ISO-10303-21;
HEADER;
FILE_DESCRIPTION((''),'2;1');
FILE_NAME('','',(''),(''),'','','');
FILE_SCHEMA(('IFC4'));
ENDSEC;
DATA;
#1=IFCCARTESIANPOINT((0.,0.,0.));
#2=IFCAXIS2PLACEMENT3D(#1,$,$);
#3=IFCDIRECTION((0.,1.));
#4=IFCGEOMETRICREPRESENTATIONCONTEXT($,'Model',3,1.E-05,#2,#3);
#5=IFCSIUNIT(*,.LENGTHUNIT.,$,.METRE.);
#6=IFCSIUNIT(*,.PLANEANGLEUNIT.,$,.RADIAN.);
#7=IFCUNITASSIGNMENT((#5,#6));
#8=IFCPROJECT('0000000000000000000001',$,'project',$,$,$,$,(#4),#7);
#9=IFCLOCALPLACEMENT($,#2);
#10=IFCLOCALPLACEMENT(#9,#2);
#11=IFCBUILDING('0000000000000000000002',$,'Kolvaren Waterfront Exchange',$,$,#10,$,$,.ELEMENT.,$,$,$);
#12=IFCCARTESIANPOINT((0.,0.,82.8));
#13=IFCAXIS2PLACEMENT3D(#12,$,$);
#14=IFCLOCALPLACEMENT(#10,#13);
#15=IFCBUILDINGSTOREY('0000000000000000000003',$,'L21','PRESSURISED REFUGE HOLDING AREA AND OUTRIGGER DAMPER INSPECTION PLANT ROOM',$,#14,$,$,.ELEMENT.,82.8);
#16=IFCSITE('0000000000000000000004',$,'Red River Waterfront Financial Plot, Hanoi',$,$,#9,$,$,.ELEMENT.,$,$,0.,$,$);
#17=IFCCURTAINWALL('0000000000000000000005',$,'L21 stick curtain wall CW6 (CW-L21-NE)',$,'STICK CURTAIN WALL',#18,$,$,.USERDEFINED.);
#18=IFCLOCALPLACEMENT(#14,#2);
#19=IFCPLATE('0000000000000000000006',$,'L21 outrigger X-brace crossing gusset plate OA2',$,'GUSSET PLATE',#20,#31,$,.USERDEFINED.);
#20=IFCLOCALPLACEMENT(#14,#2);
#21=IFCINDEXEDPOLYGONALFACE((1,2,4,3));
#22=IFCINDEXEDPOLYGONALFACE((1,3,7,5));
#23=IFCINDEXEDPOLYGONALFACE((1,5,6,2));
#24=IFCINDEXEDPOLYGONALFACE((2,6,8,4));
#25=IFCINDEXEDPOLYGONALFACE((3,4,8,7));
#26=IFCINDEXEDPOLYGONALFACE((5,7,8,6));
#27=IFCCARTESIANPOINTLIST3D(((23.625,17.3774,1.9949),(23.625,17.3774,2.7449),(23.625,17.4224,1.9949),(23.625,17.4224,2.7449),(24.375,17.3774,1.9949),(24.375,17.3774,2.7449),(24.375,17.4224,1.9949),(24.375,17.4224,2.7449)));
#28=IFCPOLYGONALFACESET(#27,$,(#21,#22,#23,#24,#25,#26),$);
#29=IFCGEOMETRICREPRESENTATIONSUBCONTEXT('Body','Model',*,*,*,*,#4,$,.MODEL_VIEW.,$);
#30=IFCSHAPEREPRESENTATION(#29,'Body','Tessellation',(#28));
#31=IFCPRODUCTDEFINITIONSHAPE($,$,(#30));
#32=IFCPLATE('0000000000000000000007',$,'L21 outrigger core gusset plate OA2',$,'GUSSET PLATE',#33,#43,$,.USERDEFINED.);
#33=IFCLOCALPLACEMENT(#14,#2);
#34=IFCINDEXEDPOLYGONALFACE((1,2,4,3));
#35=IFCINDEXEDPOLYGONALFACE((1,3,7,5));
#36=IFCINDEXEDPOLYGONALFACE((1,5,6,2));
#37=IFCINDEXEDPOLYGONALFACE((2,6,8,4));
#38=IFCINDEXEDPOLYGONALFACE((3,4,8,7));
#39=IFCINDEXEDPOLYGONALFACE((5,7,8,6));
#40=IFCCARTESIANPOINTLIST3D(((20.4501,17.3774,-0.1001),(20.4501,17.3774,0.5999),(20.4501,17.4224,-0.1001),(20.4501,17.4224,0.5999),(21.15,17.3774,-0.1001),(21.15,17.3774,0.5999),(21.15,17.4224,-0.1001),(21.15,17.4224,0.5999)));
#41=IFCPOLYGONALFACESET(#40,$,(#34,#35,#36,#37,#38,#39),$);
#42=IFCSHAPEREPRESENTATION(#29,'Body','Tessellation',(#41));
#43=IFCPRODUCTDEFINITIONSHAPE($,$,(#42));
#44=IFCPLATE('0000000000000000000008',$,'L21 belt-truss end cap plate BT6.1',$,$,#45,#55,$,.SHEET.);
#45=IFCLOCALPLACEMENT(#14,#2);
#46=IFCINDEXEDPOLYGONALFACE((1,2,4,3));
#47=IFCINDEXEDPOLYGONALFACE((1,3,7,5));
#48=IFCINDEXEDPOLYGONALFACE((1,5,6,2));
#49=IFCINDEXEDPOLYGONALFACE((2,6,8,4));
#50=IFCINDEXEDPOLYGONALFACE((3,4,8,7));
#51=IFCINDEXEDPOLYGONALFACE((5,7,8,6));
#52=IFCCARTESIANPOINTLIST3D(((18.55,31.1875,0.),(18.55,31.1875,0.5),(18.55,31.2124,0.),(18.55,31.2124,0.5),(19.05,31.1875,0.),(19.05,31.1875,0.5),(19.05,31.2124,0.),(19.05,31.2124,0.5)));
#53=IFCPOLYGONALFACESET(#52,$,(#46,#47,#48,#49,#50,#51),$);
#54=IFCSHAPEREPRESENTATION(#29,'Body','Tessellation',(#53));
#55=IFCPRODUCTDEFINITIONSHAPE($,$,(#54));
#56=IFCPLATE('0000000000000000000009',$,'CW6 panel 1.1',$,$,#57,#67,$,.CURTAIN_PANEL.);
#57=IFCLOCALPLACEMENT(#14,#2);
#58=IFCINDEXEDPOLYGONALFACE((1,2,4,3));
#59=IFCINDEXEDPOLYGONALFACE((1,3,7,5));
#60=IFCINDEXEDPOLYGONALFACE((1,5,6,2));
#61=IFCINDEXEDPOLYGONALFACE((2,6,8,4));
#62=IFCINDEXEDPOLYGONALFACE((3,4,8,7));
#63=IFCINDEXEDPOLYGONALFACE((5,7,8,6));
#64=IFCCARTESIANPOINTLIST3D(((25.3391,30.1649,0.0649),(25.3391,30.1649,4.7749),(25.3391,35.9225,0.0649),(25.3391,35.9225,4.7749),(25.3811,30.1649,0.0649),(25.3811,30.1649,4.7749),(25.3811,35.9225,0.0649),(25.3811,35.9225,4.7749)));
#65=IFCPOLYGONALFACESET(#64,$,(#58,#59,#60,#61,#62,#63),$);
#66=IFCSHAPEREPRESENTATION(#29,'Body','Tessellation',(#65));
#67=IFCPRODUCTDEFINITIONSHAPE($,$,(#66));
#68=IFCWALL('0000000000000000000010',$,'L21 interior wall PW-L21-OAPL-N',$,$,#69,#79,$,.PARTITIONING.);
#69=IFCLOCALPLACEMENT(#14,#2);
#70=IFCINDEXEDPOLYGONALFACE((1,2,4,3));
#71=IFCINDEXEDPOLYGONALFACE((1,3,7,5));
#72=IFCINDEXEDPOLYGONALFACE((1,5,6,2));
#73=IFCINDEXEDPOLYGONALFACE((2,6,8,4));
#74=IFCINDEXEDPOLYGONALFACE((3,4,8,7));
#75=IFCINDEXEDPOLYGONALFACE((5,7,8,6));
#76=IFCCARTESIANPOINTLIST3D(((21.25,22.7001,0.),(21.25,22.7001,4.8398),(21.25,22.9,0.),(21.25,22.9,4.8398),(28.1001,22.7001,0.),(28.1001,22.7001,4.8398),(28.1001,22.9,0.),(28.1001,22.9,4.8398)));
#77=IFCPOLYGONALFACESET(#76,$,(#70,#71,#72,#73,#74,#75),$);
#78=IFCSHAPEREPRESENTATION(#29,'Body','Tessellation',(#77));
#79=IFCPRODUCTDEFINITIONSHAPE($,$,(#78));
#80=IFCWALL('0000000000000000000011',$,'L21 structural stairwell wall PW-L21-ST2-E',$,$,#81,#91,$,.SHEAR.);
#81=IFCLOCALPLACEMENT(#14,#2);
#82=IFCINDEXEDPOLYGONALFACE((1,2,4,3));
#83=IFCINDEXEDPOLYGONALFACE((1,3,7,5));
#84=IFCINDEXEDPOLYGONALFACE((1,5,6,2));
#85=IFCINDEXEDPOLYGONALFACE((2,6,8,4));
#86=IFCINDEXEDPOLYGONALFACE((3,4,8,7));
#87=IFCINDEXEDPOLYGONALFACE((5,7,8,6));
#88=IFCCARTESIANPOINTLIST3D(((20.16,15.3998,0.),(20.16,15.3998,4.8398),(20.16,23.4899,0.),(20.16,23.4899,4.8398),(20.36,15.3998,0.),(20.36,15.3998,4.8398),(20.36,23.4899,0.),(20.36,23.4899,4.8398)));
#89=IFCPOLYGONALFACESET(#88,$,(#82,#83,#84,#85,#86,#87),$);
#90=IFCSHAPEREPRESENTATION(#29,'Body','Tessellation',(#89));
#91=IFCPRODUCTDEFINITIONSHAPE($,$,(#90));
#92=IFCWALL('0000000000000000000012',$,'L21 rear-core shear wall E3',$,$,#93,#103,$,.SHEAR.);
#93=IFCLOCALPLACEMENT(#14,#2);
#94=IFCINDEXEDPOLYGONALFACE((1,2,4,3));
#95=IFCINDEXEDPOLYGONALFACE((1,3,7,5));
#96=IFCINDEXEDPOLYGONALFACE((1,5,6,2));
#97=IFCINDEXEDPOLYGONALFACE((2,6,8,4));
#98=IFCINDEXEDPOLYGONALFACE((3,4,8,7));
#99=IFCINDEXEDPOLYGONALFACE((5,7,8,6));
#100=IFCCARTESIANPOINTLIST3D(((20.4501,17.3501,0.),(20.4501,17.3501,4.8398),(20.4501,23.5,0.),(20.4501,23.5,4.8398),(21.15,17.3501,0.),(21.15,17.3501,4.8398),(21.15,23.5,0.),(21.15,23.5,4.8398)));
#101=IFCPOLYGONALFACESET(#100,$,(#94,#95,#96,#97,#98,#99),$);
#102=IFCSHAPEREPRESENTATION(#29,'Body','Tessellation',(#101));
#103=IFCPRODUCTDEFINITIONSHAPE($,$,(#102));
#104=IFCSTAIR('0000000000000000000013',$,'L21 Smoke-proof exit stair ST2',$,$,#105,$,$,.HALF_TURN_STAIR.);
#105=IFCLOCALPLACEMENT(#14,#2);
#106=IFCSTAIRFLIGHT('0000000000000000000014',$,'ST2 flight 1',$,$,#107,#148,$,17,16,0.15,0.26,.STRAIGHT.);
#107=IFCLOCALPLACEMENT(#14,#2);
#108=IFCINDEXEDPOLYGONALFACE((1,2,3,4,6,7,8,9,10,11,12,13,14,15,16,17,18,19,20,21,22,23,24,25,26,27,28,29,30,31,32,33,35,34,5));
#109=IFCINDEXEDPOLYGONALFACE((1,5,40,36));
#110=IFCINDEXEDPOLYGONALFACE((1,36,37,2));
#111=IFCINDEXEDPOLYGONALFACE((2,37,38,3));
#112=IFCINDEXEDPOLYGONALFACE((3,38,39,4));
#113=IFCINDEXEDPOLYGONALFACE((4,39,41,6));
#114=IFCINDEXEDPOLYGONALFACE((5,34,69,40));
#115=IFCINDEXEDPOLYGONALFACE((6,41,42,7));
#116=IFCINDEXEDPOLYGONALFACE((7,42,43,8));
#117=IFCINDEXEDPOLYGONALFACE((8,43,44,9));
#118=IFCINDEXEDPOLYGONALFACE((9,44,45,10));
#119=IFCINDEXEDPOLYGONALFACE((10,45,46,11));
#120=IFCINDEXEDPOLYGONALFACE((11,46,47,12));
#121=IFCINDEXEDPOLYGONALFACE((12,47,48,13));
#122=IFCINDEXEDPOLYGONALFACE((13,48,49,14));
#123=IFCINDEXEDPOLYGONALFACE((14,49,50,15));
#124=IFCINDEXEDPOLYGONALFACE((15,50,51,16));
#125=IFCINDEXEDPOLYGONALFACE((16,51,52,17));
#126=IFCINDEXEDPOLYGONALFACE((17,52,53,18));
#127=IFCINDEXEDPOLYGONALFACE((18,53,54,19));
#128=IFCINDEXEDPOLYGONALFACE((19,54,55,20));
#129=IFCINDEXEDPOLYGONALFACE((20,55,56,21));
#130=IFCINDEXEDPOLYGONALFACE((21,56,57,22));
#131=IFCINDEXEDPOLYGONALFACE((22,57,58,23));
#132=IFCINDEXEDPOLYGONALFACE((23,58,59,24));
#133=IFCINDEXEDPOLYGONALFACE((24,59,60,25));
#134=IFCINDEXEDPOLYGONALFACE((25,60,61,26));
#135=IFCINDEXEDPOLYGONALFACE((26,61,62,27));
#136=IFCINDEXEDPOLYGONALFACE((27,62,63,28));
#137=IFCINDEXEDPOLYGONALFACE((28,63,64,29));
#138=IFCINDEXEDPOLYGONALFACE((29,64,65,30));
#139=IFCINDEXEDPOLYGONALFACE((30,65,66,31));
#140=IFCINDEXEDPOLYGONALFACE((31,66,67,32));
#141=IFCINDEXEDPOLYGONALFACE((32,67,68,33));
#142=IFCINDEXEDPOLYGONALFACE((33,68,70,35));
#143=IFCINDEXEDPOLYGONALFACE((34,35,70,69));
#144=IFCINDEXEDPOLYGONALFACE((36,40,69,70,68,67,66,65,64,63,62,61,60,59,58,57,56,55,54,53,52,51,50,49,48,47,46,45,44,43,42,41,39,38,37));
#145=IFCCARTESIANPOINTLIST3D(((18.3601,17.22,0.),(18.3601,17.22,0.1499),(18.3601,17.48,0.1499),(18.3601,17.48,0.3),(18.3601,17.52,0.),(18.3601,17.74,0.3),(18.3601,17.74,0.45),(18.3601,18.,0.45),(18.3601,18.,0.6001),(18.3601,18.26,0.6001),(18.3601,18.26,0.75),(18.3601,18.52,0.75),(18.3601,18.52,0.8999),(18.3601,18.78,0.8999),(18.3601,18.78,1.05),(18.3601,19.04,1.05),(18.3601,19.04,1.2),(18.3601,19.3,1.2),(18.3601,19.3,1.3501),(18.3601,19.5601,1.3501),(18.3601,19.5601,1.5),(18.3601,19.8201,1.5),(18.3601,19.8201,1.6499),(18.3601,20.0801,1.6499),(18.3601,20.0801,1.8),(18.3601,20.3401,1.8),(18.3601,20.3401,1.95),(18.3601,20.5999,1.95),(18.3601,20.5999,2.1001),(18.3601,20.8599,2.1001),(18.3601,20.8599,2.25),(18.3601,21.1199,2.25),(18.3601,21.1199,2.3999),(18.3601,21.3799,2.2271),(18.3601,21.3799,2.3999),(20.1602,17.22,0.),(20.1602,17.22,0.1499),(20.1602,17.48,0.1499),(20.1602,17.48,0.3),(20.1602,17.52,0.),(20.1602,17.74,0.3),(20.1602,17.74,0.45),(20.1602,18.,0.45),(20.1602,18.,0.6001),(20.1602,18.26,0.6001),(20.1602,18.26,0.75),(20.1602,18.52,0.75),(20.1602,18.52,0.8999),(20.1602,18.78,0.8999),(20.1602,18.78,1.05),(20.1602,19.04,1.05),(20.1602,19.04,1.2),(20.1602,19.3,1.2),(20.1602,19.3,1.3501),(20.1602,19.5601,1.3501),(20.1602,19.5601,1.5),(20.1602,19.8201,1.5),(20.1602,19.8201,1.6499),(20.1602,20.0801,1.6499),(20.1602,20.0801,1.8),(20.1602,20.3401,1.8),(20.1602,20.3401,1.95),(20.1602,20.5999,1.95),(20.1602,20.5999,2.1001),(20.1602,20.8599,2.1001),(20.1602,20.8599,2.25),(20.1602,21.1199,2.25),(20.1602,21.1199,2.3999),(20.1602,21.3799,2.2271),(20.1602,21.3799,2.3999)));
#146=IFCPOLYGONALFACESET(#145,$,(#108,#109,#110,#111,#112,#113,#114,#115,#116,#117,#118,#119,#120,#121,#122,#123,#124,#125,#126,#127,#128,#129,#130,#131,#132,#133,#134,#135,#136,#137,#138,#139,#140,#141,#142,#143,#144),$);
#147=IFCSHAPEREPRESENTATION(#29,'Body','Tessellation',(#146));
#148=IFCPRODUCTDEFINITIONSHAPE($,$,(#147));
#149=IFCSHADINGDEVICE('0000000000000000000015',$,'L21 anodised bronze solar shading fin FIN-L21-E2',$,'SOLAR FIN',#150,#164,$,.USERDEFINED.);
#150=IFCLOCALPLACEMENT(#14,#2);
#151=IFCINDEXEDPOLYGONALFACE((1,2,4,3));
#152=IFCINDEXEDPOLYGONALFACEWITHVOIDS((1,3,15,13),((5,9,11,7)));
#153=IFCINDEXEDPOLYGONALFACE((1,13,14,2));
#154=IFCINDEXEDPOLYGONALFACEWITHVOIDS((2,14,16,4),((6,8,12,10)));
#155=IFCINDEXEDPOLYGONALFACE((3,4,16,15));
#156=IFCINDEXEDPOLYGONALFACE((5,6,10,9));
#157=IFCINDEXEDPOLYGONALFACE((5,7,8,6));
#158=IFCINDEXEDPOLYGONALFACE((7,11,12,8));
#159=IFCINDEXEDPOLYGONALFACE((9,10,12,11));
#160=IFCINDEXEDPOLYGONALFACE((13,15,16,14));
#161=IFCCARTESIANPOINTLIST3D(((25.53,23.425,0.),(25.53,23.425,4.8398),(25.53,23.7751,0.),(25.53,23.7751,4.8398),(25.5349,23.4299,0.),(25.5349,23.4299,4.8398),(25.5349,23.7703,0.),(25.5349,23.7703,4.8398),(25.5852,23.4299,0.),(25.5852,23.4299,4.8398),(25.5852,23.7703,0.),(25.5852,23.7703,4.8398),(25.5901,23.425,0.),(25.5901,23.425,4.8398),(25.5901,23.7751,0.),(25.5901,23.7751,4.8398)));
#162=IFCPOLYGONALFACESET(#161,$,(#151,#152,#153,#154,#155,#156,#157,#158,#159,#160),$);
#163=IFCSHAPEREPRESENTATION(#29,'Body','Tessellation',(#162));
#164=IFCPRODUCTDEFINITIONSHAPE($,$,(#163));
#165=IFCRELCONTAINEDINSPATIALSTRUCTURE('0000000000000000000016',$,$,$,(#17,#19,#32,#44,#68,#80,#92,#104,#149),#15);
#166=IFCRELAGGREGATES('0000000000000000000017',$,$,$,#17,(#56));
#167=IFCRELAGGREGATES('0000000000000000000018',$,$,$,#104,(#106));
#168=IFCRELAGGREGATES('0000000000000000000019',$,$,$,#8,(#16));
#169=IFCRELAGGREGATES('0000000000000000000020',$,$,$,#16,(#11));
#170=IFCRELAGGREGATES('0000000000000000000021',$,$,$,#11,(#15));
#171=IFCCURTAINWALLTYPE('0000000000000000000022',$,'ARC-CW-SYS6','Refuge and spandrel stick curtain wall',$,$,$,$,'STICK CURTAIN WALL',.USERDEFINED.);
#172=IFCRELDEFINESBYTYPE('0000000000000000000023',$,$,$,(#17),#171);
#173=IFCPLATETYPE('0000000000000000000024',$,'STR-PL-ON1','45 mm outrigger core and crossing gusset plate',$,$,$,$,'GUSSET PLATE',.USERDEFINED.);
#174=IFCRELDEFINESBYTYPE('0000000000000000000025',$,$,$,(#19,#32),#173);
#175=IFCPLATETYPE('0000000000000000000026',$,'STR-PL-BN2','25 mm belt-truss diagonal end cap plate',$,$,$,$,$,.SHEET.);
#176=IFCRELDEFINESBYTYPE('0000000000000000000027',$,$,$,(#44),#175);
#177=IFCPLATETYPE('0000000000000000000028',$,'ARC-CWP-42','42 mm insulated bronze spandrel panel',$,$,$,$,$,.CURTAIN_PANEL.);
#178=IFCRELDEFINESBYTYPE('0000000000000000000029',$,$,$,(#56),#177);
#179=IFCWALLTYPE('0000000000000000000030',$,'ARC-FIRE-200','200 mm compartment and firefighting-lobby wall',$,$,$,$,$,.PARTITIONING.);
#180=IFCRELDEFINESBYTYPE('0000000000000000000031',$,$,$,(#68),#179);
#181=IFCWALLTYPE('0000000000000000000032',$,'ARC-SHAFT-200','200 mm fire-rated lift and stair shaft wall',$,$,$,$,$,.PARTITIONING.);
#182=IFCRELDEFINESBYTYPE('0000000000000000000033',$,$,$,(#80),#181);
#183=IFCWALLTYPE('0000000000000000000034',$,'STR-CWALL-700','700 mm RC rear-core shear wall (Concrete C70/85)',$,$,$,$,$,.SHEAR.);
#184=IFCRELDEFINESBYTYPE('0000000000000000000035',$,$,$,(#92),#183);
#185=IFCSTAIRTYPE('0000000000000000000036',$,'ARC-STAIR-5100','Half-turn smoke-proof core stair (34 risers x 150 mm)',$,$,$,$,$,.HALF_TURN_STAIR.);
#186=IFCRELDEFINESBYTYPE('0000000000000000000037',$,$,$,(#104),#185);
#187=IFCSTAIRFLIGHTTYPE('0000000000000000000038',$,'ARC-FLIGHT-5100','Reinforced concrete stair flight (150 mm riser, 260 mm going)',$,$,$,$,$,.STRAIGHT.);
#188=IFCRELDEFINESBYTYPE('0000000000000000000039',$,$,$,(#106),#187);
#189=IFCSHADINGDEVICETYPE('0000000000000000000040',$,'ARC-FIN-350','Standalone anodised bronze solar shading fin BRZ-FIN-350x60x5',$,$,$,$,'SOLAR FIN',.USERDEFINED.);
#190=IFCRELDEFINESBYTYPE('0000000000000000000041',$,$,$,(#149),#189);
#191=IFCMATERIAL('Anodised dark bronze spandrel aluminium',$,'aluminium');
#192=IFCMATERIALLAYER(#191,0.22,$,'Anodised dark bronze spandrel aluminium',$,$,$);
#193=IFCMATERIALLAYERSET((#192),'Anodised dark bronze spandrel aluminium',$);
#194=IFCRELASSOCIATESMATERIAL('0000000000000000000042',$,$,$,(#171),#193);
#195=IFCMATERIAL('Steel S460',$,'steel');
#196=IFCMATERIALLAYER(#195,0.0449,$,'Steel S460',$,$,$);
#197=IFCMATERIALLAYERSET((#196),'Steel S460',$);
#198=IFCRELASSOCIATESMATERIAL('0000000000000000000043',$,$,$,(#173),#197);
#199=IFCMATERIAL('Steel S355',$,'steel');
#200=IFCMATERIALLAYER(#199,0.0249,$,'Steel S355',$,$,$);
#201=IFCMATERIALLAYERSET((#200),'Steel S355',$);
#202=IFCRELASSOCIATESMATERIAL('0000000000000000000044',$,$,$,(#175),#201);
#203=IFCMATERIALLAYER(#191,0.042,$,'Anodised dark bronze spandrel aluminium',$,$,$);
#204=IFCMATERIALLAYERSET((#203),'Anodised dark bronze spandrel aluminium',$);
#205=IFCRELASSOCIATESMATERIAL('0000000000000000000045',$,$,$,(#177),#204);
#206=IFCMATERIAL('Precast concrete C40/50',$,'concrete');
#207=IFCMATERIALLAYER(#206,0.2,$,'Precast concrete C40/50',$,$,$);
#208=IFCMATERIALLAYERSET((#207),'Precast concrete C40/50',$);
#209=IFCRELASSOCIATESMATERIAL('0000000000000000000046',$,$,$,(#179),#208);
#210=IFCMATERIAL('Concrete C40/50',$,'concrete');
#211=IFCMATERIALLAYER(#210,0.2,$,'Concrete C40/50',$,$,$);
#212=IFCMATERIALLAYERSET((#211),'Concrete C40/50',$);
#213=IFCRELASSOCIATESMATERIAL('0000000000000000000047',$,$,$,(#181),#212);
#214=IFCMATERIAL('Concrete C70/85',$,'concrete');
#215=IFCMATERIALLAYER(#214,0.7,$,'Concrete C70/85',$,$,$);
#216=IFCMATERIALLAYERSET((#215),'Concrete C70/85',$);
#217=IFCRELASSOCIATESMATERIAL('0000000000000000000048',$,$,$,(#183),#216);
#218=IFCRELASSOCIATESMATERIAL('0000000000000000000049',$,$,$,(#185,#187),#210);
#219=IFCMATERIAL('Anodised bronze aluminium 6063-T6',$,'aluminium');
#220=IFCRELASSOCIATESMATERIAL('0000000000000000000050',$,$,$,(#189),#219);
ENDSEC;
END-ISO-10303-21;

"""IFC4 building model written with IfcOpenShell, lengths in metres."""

from ifc_helpers import new_model, si_unit, direction, frame, frame_2d, origin, origin_with_axes, origin_2d, place, context, subcontext, project, spatial, polyline, rectangle, hollow_rectangle, outline, extrude, source, transform, mapped, material, layer, layer_set, material_profile, profile_set, type_object, element, aggregate, save


model = new_model("IFC4")

# Units and contexts
model_context = context("Model", 3, precision=1e-05, world=origin(), true_north=direction((0.0, 1.0)))
body_context = subcontext(model_context, "Body", "Model", "MODEL_VIEW")
ifc_project = project(units=[si_unit("LENGTHUNIT", "METRE"), si_unit("PLANEANGLEUNIT", "RADIAN")], contexts=[model_context])

# Site, building, storey
site_placement = place(None, origin())
site = spatial("IfcSite", under=ifc_project, at=site_placement, Name="Red River Waterfront Financial Plot, Hanoi", CompositionType="ELEMENT", RefElevation=0.0)
building_placement = place(site_placement, origin())
building = spatial("IfcBuilding", under=site, at=building_placement, Name="Kolvaren Waterfront Exchange", CompositionType="ELEMENT")
storey_placement = place(building_placement, frame((0.0, 0.0, 82.8)))
storey = spatial("IfcBuildingStorey", under=building, at=storey_placement, Name="L21", Description="PRESSURISED REFUGE HOLDING AREA AND OUTRIGGER DAMPER INSPECTION PLANT ROOM", CompositionType="ELEMENT", Elevation=82.8)

# Shared definitions
ifc_material_1 = material(Name="Concrete C70/85", Category="concrete")

# Shared definitions
ifc_material_2 = material(Name="Steel S355", Category="steel")

# Shared definitions
ifc_material_3 = material(Name="Steel S460", Category="steel")

# Curtain wall
ifc_material_4 = material(Name="Anodised dark bronze spandrel aluminium", Category="aluminium")
ifc_layer_1 = layer(ifc_material_4, 0.22, Name="Anodised dark bronze spandrel aluminium")
ifc_layer_set_1 = layer_set([ifc_layer_1], Name="Anodised dark bronze spandrel aluminium")
curtain_wall_type = type_object("IfcCurtainWallType", Name="ARC-CW-SYS6", Description="Refuge and spandrel stick curtain wall", ElementType="STICK CURTAIN WALL", PredefinedType="USERDEFINED", material=ifc_layer_set_1)
curtain_wall_placement = place(storey_placement, origin())
curtain_wall = element("IfcCurtainWall", 1, at=curtain_wall_placement, inside=storey, type_object=curtain_wall_type, Name="L21 stick curtain wall CW6 (CW-L21-NE)", ObjectType="STICK CURTAIN WALL", PredefinedType="USERDEFINED")
ifc_material_5 = material(Name="Anodised bronze aluminium 6063-T6", Category="aluminium")

# Plates
ifc_layer_2 = layer(ifc_material_3, 0.0449, Name="Steel S460")
ifc_layer_set_2 = layer_set([ifc_layer_2], Name="Steel S460")
plate_type_1 = type_object("IfcPlateType", Name="STR-PL-ON1", Description="45 mm outrigger core and crossing gusset plate", ElementType="GUSSET PLATE", PredefinedType="USERDEFINED", material=ifc_layer_set_2)
shared_shape_1 = source(origin_with_axes(), body_context, "Body", "SweptSolid", [
    extrude(rectangle(XDim=0.75, YDim=0.0449, at=origin_2d()), origin(), (0.0, 0.0, 1.0), 0.75),
])
plate_1_placement = place(storey_placement, frame((24.0, 17.3999, 1.9949), z_axis=(0.0, 0.0, 1.0), x_axis=(1.0, 0.0, 0.0)))
element("IfcPlate", 2, at=plate_1_placement, inside=storey, type_object=plate_type_1, Name="L21 outrigger X-brace crossing gusset plate OA2", ObjectType="GUSSET PLATE", PredefinedType="USERDEFINED", context=body_context, shape_type="MappedRepresentation", body=[
    mapped(shared_shape_1, transform((0.0, 0.0, 0.0), x_axis=(1.0, 0.0, 0.0), y_axis=(0.0, 1.0, 0.0), z_axis=(0.0, 0.0, 1.0), scale=1.0)),
])
shared_shape_2 = source(origin_with_axes(), body_context, "Body", "SweptSolid", [
    extrude(rectangle(XDim=0.7, YDim=0.0449, at=origin_2d()), origin(), (0.0, 0.0, 1.0), 0.7),
])
plate_2_placement = place(storey_placement, frame((20.8, 17.3999, -0.1001), z_axis=(0.0, 0.0, 1.0), x_axis=(1.0, 0.0, 0.0)))
element("IfcPlate", 3, at=plate_2_placement, inside=storey, type_object=plate_type_1, Name="L21 outrigger core gusset plate OA2", ObjectType="GUSSET PLATE", PredefinedType="USERDEFINED", context=body_context, shape_type="MappedRepresentation", body=[
    mapped(shared_shape_2, transform((0.0, 0.0, 0.0), x_axis=(1.0, 0.0, 0.0), y_axis=(0.0, 1.0, 0.0), z_axis=(0.0, 0.0, 1.0), scale=1.0)),
])
ifc_layer_3 = layer(ifc_material_2, 0.0249, Name="Steel S355")
ifc_layer_set_3 = layer_set([ifc_layer_3], Name="Steel S355")
plate_type_2 = type_object("IfcPlateType", Name="STR-PL-BN2", Description="25 mm belt-truss diagonal end cap plate", PredefinedType="SHEET", material=ifc_layer_set_3)
shared_shape_3 = source(origin_with_axes(), body_context, "Body", "SweptSolid", [
    extrude(rectangle(XDim=0.5, YDim=0.0249, at=origin_2d()), origin(), (0.0, 0.0, 1.0), 0.5),
])
plate_3_placement = place(storey_placement, frame((18.8, 31.2, 0.0), z_axis=(0.0, 0.0, 1.0), x_axis=(1.0, 0.0, 0.0)))
element("IfcPlate", 4, at=plate_3_placement, inside=storey, type_object=plate_type_2, Name="L21 belt-truss end cap plate BT6.1", PredefinedType="SHEET", context=body_context, shape_type="MappedRepresentation", body=[
    mapped(shared_shape_3, transform((0.0, 0.0, 0.0), x_axis=(1.0, 0.0, 0.0), y_axis=(0.0, 1.0, 0.0), z_axis=(0.0, 0.0, 1.0), scale=1.0)),
])

# Plate
ifc_layer_4 = layer(ifc_material_4, 0.042, Name="Anodised dark bronze spandrel aluminium")
ifc_layer_set_4 = layer_set([ifc_layer_4], Name="Anodised dark bronze spandrel aluminium")
plate_type_3 = type_object("IfcPlateType", Name="ARC-CWP-42", Description="42 mm insulated bronze spandrel panel", PredefinedType="CURTAIN_PANEL", material=ifc_layer_set_4)
shared_shape_4 = source(origin_with_axes(), body_context, "Body", "SweptSolid", [
    extrude(rectangle(XDim=5.7576, YDim=0.042, at=origin_2d()), origin(), (0.0, 0.0, 1.0), 4.71),
])
plate_4_placement = place(storey_placement, frame((25.3601, 33.0437, 0.0649), z_axis=(0.0, 0.0, 1.0), x_axis=(0.0, 1.0, 0.0)))
plate_4 = element("IfcPlate", 5, at=plate_4_placement, type_object=plate_type_3, Name="CW6 panel 1.1", PredefinedType="CURTAIN_PANEL", context=body_context, shape_type="MappedRepresentation", body=[
    mapped(shared_shape_4, transform((0.0, 0.0, 0.0), x_axis=(1.0, 0.0, 0.0), y_axis=(0.0, 1.0, 0.0), z_axis=(0.0, 0.0, 1.0), scale=1.0)),
])
aggregate(curtain_wall, [plate_4])

# Walls
ifc_material_6 = material(Name="Precast concrete C40/50", Category="concrete")
ifc_layer_5 = layer(ifc_material_6, 0.2, Name="Precast concrete C40/50")
ifc_layer_set_5 = layer_set([ifc_layer_5], Name="Precast concrete C40/50")
wall_type_1 = type_object("IfcWallType", Name="ARC-FIRE-200", Description="200 mm compartment and firefighting-lobby wall", PredefinedType="PARTITIONING", material=ifc_layer_set_5)
wall_1_placement = place(storey_placement, frame((21.25, 22.8, 0.0), z_axis=(0.0, 0.0, 1.0), x_axis=(1.0, 0.0, 0.0)))
element("IfcWall", 6, at=wall_1_placement, inside=storey, type_object=wall_type_1, Name="L21 interior wall PW-L21-OAPL-N", PredefinedType="PARTITIONING", context=body_context, shape_type="SweptSolid", body=[
    extrude(rectangle(XDim=6.8501, YDim=0.2, at=frame_2d((3.425, 0.0))), origin(), (0.0, 0.0, 1.0), 4.8398),
])
ifc_material_7 = material(Name="Concrete C40/50", Category="concrete")
ifc_layer_6 = layer(ifc_material_7, 0.2, Name="Concrete C40/50")
ifc_layer_set_6 = layer_set([ifc_layer_6], Name="Concrete C40/50")
wall_type_2 = type_object("IfcWallType", Name="ARC-SHAFT-200", Description="200 mm fire-rated lift and stair shaft wall", PredefinedType="PARTITIONING", material=ifc_layer_set_6)
wall_2_placement = place(storey_placement, frame((20.26, 15.3999, 0.0), z_axis=(0.0, 0.0, 1.0), x_axis=(0.0, 1.0, 0.0)))
element("IfcWall", 7, at=wall_2_placement, inside=storey, type_object=wall_type_2, Name="L21 structural stairwell wall PW-L21-ST2-E", PredefinedType="SHEAR", context=body_context, shape_type="SweptSolid", body=[
    extrude(rectangle(XDim=8.0901, YDim=0.2, at=frame_2d((4.0449, 0.0))), origin(), (0.0, 0.0, 1.0), 4.8398),
])
ifc_layer_7 = layer(ifc_material_1, 0.7, Name="Concrete C70/85")
ifc_layer_set_7 = layer_set([ifc_layer_7], Name="Concrete C70/85")
wall_type_3 = type_object("IfcWallType", Name="STR-CWALL-700", Description="700 mm RC rear-core shear wall (Concrete C70/85)", PredefinedType="SHEAR", material=ifc_layer_set_7)
wall_3_placement = place(storey_placement, frame((20.8, 17.3501, 0.0), z_axis=(0.0, 0.0, 1.0), x_axis=(0.0, 1.0, 0.0)))
element("IfcWall", 8, at=wall_3_placement, inside=storey, type_object=wall_type_3, Name="L21 rear-core shear wall E3", PredefinedType="SHEAR", context=body_context, shape_type="SweptSolid", body=[
    extrude(rectangle(XDim=6.1499, YDim=0.7, at=frame_2d((3.075, 0.0))), origin(), (0.0, 0.0, 1.0), 4.8398),
])

# Stair, stair flight
stair_type = type_object("IfcStairType", Name="ARC-STAIR-5100", Description="Half-turn smoke-proof core stair (34 risers x 150 mm)", PredefinedType="HALF_TURN_STAIR", material=ifc_material_7)
stair_placement = place(storey_placement, origin())
stair = element("IfcStair", 9, at=stair_placement, inside=storey, type_object=stair_type, Name="L21 Smoke-proof exit stair ST2", PredefinedType="HALF_TURN_STAIR")
stair_flight_type = type_object("IfcStairFlightType", Name="ARC-FLIGHT-5100", Description="Reinforced concrete stair flight (150 mm riser, 260 mm going)", PredefinedType="STRAIGHT", material=ifc_material_7)
stair_flight_placement = place(storey_placement, frame((19.26, 17.22, 0.0), z_axis=(0.0, 0.0, 1.0), x_axis=(0.0, 1.0, 0.0)))
stair_flight = element("IfcStairFlight", 10, at=stair_flight_placement, type_object=stair_flight_type, Name="ST2 flight 1", NumberOfRisers=17, NumberOfTreads=16, PredefinedType="STRAIGHT", RiserHeight=0.15, TreadLength=0.26, context=body_context, shape_type="SweptSolid", body=[
    extrude(outline(polyline([(0.0, 0.0), (0.0, 0.1499), (0.26, 0.1499), (0.26, 0.3), (0.52, 0.3), (0.52, 0.45), (0.78, 0.45), (0.78, 0.6001), (1.04, 0.6001), (1.04, 0.75), (1.3, 0.75), (1.3, 0.8999), (1.5601, 0.8999), (1.5601, 1.05), (1.8201, 1.05), (1.8201, 1.2), (2.0801, 1.2), (2.0801, 1.3501), (2.3401, 1.3501), (2.3401, 1.5), (2.6001, 1.5), (2.6001, 1.6499), (2.8601, 1.6499), (2.8601, 1.8), (3.1201, 1.8), (3.1201, 1.95), (3.3799, 1.95), (3.3799, 2.1001), (3.6399, 2.1001), (3.6399, 2.25), (3.8999, 2.25), (3.8999, 2.3999), (4.1599, 2.3999), (4.1599, 2.55), (4.1599, 2.2271), (0.3, 0.0), (0.0, 0.0)])), frame((0.0, 0.8999, 0.0), z_axis=(0.0, -1.0, 0.0), x_axis=(1.0, 0.0, 0.0)), (0.0, 0.0, 1.0), 1.8),
])
aggregate(stair, [stair_flight])

# Shading device
ifc_material_profile_1 = material_profile(ifc_material_5, hollow_rectangle(XDim=0.0601, YDim=0.3501, WallThickness=0.0049, at=origin_2d()), Name="BRZ-FIN-350x60x5")
ifc_profile_set_1 = profile_set([ifc_material_profile_1], Name="Anodised bronze aluminium 6063-T6")
shading_device_type = type_object("IfcShadingDeviceType", Name="ARC-FIN-350", Description="Standalone anodised bronze solar shading fin BRZ-FIN-350x60x5", ElementType="SOLAR FIN", PredefinedType="USERDEFINED", material=ifc_profile_set_1)
shading_device_placement = place(storey_placement, frame((25.5601, 23.6001, 0.0), z_axis=(0.0, 0.0, 1.0), x_axis=(1.0, 0.0, 0.0)))
element("IfcShadingDevice", 11, at=shading_device_placement, inside=storey, type_object=shading_device_type, Name="L21 anodised bronze solar shading fin FIN-L21-E2", ObjectType="SOLAR FIN", PredefinedType="USERDEFINED", context=body_context, shape_type="SweptSolid", body=[
    extrude(hollow_rectangle(XDim=0.0601, YDim=0.3501, WallThickness=0.0049, at=origin_2d()), origin(), (0.0, 0.0, 1.0), 4.8398),
])

save(model, "model.ifc")
